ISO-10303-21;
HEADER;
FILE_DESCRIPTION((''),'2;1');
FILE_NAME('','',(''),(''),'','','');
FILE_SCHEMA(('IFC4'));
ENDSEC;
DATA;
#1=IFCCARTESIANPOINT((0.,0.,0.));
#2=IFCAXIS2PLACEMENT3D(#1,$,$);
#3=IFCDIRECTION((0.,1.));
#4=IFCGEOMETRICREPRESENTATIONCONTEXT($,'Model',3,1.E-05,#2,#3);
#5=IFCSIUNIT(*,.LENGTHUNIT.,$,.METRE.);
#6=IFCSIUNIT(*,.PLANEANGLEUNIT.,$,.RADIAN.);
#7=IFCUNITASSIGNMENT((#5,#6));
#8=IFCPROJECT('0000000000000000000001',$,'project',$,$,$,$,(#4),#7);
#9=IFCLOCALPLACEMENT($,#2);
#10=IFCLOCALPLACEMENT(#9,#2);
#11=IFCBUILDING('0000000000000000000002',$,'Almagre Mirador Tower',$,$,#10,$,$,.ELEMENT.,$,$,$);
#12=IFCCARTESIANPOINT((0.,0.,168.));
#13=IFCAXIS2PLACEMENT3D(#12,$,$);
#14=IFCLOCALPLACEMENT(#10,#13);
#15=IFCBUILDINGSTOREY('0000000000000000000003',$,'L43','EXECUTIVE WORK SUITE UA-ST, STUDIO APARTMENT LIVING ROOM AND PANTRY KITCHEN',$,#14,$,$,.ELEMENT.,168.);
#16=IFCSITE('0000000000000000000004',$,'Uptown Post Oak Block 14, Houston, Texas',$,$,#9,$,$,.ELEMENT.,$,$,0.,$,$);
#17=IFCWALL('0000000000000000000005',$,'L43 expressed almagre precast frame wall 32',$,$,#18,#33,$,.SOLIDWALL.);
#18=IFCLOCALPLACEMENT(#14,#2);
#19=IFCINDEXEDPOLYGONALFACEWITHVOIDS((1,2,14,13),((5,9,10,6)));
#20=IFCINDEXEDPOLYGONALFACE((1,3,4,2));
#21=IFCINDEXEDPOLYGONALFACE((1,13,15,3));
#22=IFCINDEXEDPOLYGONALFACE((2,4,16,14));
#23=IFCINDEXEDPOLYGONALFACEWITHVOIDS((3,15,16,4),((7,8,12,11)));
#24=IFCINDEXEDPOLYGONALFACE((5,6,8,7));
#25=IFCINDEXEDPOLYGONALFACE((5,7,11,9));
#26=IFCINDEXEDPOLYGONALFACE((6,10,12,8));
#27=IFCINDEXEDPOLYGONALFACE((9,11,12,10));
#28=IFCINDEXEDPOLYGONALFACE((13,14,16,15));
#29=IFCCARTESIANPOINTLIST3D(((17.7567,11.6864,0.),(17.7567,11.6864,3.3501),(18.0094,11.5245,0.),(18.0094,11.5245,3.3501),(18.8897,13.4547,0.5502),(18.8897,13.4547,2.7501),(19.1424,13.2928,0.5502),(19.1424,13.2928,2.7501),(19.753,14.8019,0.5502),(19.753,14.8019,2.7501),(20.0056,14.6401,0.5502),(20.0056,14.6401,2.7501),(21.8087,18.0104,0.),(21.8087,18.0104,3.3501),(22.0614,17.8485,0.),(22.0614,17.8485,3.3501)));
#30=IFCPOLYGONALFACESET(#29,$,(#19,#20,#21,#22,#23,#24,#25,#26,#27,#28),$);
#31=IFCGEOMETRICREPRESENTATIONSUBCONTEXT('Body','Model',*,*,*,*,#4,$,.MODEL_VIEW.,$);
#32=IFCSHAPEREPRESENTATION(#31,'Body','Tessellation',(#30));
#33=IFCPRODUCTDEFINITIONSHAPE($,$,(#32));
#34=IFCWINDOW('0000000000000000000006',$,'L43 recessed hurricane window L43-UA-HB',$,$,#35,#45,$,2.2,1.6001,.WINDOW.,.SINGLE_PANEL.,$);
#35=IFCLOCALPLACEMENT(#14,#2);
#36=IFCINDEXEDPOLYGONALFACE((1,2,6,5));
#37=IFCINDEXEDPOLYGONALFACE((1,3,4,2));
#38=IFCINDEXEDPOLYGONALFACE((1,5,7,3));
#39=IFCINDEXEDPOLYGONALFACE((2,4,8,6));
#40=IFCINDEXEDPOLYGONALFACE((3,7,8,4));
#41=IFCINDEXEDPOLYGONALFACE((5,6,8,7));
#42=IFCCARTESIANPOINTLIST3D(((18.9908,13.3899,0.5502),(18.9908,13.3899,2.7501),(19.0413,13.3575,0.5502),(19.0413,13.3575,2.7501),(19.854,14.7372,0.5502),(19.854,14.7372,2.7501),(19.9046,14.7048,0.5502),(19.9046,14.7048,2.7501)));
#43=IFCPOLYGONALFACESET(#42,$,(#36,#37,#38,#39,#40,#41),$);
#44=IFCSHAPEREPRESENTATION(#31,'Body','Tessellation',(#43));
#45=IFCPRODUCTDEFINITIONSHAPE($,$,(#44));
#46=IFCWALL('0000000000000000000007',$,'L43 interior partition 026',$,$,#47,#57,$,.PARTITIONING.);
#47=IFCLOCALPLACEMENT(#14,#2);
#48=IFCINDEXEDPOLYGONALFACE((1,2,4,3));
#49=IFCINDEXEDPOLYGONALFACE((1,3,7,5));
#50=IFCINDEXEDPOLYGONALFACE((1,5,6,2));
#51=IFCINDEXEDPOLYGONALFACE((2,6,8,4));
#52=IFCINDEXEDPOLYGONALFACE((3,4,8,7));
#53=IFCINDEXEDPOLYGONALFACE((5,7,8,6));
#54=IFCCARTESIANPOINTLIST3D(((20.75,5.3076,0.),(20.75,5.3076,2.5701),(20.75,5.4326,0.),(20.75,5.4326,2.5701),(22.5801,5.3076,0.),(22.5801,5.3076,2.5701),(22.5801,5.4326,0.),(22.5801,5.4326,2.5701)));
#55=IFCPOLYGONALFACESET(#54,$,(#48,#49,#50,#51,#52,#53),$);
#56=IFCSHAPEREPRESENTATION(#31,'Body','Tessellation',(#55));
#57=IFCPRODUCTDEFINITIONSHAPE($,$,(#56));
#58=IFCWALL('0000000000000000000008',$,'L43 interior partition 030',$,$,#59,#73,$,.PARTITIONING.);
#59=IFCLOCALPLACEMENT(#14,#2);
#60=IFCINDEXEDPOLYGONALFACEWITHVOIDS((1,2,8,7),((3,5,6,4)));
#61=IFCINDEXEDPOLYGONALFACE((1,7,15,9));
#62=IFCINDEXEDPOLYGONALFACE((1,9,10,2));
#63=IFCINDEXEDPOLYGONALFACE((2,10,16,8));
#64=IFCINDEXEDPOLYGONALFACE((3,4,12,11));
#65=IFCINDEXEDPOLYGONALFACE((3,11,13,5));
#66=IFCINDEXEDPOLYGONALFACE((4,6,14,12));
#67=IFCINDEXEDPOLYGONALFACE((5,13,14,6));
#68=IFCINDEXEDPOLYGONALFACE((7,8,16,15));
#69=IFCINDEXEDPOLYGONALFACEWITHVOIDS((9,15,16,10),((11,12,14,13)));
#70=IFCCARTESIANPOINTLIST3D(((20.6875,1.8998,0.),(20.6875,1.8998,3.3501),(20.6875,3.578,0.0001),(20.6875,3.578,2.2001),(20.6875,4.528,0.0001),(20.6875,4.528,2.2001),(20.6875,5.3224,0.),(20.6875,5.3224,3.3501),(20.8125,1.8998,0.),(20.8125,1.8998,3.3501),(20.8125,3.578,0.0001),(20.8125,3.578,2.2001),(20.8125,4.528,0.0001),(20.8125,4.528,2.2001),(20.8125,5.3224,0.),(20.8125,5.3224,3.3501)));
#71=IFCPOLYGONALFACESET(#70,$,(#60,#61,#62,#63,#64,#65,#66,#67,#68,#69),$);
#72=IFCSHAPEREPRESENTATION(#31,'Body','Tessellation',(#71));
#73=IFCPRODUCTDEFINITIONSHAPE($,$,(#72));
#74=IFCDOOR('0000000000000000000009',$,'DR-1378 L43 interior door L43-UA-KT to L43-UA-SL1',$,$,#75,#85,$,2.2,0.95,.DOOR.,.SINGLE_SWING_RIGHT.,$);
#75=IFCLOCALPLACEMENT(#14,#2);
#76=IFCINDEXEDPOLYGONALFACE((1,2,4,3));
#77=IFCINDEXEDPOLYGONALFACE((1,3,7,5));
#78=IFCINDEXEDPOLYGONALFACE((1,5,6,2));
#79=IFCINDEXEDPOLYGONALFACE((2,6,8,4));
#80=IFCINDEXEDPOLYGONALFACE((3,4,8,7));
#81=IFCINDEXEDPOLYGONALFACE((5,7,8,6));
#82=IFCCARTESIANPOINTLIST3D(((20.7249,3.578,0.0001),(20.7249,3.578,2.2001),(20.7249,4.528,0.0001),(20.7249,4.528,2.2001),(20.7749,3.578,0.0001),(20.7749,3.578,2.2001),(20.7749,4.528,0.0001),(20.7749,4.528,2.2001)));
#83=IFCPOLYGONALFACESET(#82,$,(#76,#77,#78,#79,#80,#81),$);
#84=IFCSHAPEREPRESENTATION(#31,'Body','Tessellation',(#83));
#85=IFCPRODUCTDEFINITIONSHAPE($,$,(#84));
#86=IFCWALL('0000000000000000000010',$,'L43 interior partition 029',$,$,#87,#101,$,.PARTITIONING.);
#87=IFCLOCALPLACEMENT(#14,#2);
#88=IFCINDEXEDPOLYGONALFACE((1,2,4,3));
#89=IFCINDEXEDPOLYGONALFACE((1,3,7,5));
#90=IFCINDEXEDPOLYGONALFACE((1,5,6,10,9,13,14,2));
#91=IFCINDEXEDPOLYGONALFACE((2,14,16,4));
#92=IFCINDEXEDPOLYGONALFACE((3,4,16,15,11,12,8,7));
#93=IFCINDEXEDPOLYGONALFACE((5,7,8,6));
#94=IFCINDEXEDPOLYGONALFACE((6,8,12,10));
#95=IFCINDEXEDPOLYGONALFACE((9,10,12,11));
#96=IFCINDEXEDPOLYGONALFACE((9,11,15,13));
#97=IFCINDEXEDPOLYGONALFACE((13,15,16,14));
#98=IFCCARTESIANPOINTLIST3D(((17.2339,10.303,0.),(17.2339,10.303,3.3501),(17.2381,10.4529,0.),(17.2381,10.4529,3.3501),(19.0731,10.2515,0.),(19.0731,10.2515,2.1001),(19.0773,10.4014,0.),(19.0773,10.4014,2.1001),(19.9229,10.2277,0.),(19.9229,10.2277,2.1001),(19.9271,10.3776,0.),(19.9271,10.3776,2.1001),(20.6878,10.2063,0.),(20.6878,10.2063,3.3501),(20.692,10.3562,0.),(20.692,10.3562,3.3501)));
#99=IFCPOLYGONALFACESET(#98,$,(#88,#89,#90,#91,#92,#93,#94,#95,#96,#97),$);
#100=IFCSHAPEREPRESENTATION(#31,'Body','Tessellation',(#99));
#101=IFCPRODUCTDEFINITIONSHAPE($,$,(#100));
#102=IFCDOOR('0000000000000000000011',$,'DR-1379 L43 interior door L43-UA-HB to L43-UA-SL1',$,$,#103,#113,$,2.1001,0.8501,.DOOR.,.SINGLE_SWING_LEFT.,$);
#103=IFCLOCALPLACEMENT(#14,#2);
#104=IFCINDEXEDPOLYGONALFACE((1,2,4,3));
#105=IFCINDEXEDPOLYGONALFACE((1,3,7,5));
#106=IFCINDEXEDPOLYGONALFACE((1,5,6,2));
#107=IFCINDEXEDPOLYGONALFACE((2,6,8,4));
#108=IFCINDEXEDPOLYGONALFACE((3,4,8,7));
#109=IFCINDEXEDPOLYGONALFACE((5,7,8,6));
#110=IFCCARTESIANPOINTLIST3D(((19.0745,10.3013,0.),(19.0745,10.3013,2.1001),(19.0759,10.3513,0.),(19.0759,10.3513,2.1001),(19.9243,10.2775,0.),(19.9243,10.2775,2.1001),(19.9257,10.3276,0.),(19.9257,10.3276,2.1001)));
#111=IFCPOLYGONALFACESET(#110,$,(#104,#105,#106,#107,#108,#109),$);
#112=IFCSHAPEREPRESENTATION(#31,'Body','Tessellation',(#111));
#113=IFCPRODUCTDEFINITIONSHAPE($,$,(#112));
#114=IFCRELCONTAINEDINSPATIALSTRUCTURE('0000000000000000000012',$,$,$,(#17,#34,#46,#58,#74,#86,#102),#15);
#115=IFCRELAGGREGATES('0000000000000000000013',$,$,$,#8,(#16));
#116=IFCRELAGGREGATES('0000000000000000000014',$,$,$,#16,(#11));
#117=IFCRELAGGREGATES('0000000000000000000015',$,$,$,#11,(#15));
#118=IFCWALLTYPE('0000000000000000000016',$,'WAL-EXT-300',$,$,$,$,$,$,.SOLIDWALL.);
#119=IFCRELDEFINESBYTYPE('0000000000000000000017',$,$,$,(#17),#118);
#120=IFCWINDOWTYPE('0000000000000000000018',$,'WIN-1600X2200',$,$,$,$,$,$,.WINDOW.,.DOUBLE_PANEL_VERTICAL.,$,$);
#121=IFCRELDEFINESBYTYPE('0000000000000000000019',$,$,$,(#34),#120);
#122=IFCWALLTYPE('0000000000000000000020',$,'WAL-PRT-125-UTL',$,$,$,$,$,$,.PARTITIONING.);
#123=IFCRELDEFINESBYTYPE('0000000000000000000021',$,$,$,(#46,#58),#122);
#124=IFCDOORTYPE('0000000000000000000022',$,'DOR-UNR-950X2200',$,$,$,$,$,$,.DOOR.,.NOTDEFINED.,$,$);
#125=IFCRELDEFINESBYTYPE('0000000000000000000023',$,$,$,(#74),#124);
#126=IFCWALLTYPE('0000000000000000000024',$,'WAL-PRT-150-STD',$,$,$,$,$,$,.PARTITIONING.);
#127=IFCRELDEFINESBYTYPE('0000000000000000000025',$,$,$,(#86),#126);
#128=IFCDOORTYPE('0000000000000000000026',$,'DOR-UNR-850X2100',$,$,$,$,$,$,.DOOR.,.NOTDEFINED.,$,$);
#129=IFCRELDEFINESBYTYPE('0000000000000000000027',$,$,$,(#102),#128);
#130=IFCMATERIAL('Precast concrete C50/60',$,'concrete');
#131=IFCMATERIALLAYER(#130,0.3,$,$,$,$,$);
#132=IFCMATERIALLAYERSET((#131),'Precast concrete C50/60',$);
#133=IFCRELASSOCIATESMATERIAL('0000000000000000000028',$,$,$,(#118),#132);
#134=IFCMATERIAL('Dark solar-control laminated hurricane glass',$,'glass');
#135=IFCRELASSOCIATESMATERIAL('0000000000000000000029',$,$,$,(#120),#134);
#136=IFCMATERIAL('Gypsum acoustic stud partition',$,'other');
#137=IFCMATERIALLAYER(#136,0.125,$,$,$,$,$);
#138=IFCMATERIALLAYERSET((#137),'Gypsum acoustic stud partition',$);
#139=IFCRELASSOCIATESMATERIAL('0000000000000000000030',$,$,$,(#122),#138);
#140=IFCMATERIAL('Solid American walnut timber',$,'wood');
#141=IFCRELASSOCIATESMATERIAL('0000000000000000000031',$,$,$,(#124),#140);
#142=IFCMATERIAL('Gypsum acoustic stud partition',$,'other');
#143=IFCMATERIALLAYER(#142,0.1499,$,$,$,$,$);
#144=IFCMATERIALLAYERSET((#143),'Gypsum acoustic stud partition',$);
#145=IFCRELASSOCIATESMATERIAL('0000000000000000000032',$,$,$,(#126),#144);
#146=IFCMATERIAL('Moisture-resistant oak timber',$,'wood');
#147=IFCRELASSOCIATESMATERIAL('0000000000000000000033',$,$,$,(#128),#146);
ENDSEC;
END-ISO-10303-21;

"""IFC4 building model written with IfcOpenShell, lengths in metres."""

from ifc_helpers import new_model, si_unit, direction, frame, frame_2d, origin, place, context, subcontext, project, spatial, rectangle, extrude, material, layer, layer_set, type_object, element, fill, save


model = new_model("IFC4")

# Units and contexts
model_context = context("Model", 3, precision=1e-05, world=origin(), true_north=direction((0.0, 1.0)))
body_context = subcontext(model_context, "Body", "Model", "MODEL_VIEW")
ifc_project = project(units=[si_unit("LENGTHUNIT", "METRE"), si_unit("PLANEANGLEUNIT", "RADIAN")], contexts=[model_context])

# Site, building, storey
site_placement = place(None, origin())
site = spatial("IfcSite", under=ifc_project, at=site_placement, Name="Uptown Post Oak Block 14, Houston, Texas", CompositionType="ELEMENT", RefElevation=0.0)
building_placement = place(site_placement, origin())
building = spatial("IfcBuilding", under=site, at=building_placement, Name="Almagre Mirador Tower", CompositionType="ELEMENT")
storey_placement = place(building_placement, frame((0.0, 0.0, 168.0)))
storey = spatial("IfcBuildingStorey", under=building, at=storey_placement, Name="L43", Description="EXECUTIVE WORK SUITE UA-ST, STUDIO APARTMENT LIVING ROOM AND PANTRY KITCHEN", CompositionType="ELEMENT", Elevation=168.0)

# Shared definitions
ifc_material_1 = material(Name="Precast concrete C50/60", Category="concrete")
ifc_layer_1 = layer(ifc_material_1, 0.3)
ifc_layer_set_1 = layer_set([ifc_layer_1], Name="Precast concrete C50/60")
wall_type_1 = type_object("IfcWallType", Name="WAL-EXT-300", PredefinedType="SOLIDWALL", material=ifc_layer_set_1)

# Wall, opening, window
wall_1_placement = place(storey_placement, frame((17.8831, 11.6055, 0.0), z_axis=(0.0, 0.0, 1.0), x_axis=(0.539494, 0.84199, 0.0)))
wall_1 = element("IfcWall", 1, at=wall_1_placement, inside=storey, type_object=wall_type_1, Name="L43 expressed almagre precast frame wall 32", PredefinedType="SOLIDWALL", context=body_context, shape_type="SweptSolid", body=[
    extrude(rectangle(XDim=7.5107, YDim=0.3, at=frame_2d((3.7554, 0.0))), origin(), (0.0, 0.0, 1.0), 3.3501),
])
opening_1_placement = place(wall_1_placement, frame((2.1001, 0.0, 0.55)))
opening_1 = element("IfcOpeningElement", 2, at=opening_1_placement, cuts=wall_1, PredefinedType="OPENING", context=body_context, shape_type="SweptSolid", body=[
    extrude(rectangle(XDim=1.6001, YDim=2.2, at=frame_2d((0.8, 1.1001))), frame((0.0, 0.1599, 0.0), z_axis=(0.0, -1.0, 0.0), x_axis=(1.0, 0.0, 0.0)), (0.0, 0.0, 1.0), 0.32),
])
ifc_material_2 = material(Name="Dark solar-control laminated hurricane glass", Category="glass")
window_type_1 = type_object("IfcWindowType", Name="WIN-1600X2200", PartitioningType="DOUBLE_PANEL_VERTICAL", PredefinedType="WINDOW", material=ifc_material_2)
window_1_placement = place(opening_1_placement, origin())
window_1 = element("IfcWindow", 3, at=window_1_placement, inside=storey, type_object=window_type_1, Name="L43 recessed hurricane window L43-UA-HB", OverallHeight=2.2, OverallWidth=1.6001, PartitioningType="SINGLE_PANEL", PredefinedType="WINDOW", context=body_context, shape_type="SweptSolid", body=[
    extrude(rectangle(XDim=1.6001, YDim=2.2, at=frame_2d((0.8, 1.1001))), frame((0.0, 0.03, 0.0), z_axis=(0.0, -1.0, 0.0), x_axis=(1.0, 0.0, 0.0)), (0.0, 0.0, 1.0), 0.0601),
])
fill(opening_1, window_1)

# Wall
ifc_material_3 = material(Name="Gypsum acoustic stud partition", Category="other")
ifc_layer_2 = layer(ifc_material_3, 0.125)
ifc_layer_set_2 = layer_set([ifc_layer_2], Name="Gypsum acoustic stud partition")
wall_type_2 = type_object("IfcWallType", Name="WAL-PRT-125-UTL", PredefinedType="PARTITIONING", material=ifc_layer_set_2)
wall_2_placement = place(storey_placement, frame((20.75, 5.3701, 0.0), z_axis=(0.0, 0.0, 1.0), x_axis=(1.0, 0.0, 0.0)))
element("IfcWall", 4, at=wall_2_placement, inside=storey, type_object=wall_type_2, Name="L43 interior partition 026", PredefinedType="PARTITIONING", context=body_context, shape_type="SweptSolid", body=[
    extrude(rectangle(XDim=1.8301, YDim=0.125, at=frame_2d((0.915, 0.0))), origin(), (0.0, 0.0, 1.0), 2.5701),
])

# Walls, openings, doors
wall_3_placement = place(storey_placement, frame((20.75, 5.3225, 0.0), z_axis=(0.0, 0.0, 1.0), x_axis=(0.0, -1.0, 0.0)))
wall_3 = element("IfcWall", 5, at=wall_3_placement, inside=storey, type_object=wall_type_2, Name="L43 interior partition 030", PredefinedType="PARTITIONING", context=body_context, shape_type="SweptSolid", body=[
    extrude(rectangle(XDim=3.4226, YDim=0.125, at=frame_2d((1.7114, 0.0))), origin(), (0.0, 0.0, 1.0), 3.3501),
])
opening_2_placement = place(wall_3_placement, frame((0.7944, 0.0, 0.0)))
opening_2 = element("IfcOpeningElement", 6, at=opening_2_placement, cuts=wall_3, PredefinedType="OPENING", context=body_context, shape_type="SweptSolid", body=[
    extrude(rectangle(XDim=0.95, YDim=2.2, at=frame_2d((0.4751, 1.1001))), frame((0.0, 0.0725, 0.0), z_axis=(0.0, -1.0, 0.0), x_axis=(1.0, 0.0, 0.0)), (0.0, 0.0, 1.0), 0.145),
])
ifc_material_4 = material(Name="Solid American walnut timber", Category="wood")
door_type_1 = type_object("IfcDoorType", Name="DOR-UNR-950X2200", OperationType="NOTDEFINED", PredefinedType="DOOR", material=ifc_material_4)
door_1_placement = place(opening_2_placement, origin())
door_1 = element("IfcDoor", 7, at=door_1_placement, inside=storey, type_object=door_type_1, Name="DR-1378 L43 interior door L43-UA-KT to L43-UA-SL1", OperationType="SINGLE_SWING_RIGHT", OverallHeight=2.2, OverallWidth=0.95, PredefinedType="DOOR", context=body_context, shape_type="SweptSolid", body=[
    extrude(rectangle(XDim=0.95, YDim=2.2, at=frame_2d((0.4751, 1.1001))), frame((0.0, 0.0249, 0.0), z_axis=(0.0, -1.0, 0.0), x_axis=(1.0, 0.0, 0.0)), (0.0, 0.0, 1.0), 0.05),
])
fill(opening_2, door_1)
ifc_material_5 = material(Name="Gypsum acoustic stud partition", Category="other")
ifc_layer_3 = layer(ifc_material_5, 0.1499)
ifc_layer_set_3 = layer_set([ifc_layer_3], Name="Gypsum acoustic stud partition")
wall_type_3 = type_object("IfcWallType", Name="WAL-PRT-150-STD", PredefinedType="PARTITIONING", material=ifc_layer_set_3)
wall_4_placement = place(storey_placement, frame((17.2361, 10.3779, 0.0), z_axis=(0.0, 0.0, 1.0), x_axis=(0.999608, -0.027981, 0.0)))
wall_4 = element("IfcWall", 8, at=wall_4_placement, inside=storey, type_object=wall_type_3, Name="L43 interior partition 029", PredefinedType="PARTITIONING", context=body_context, shape_type="SweptSolid", body=[
    extrude(rectangle(XDim=3.4553, YDim=0.1499, at=frame_2d((1.7275, 0.0))), origin(), (0.0, 0.0, 1.0), 3.3501),
])
opening_3_placement = place(wall_4_placement, frame((1.8398, 0.0, 0.0)))
opening_3 = element("IfcOpeningElement", 9, at=opening_3_placement, cuts=wall_4, PredefinedType="OPENING", context=body_context, shape_type="SweptSolid", body=[
    extrude(rectangle(XDim=0.8501, YDim=2.1001, at=frame_2d((0.425, 1.05))), frame((0.0, 0.085, 0.0), z_axis=(0.0, -1.0, 0.0), x_axis=(1.0, 0.0, 0.0)), (0.0, 0.0, 1.0), 0.1699),
])
ifc_material_6 = material(Name="Moisture-resistant oak timber", Category="wood")
door_type_2 = type_object("IfcDoorType", Name="DOR-UNR-850X2100", OperationType="NOTDEFINED", PredefinedType="DOOR", material=ifc_material_6)
door_2_placement = place(opening_3_placement, origin())
door_2 = element("IfcDoor", 10, at=door_2_placement, inside=storey, type_object=door_type_2, Name="DR-1379 L43 interior door L43-UA-HB to L43-UA-SL1", OperationType="SINGLE_SWING_LEFT", OverallHeight=2.1001, OverallWidth=0.8501, PredefinedType="DOOR", context=body_context, shape_type="SweptSolid", body=[
    extrude(rectangle(XDim=0.8501, YDim=2.1001, at=frame_2d((0.425, 1.05))), frame((0.0, 0.0249, 0.0), z_axis=(0.0, -1.0, 0.0), x_axis=(1.0, 0.0, 0.0)), (0.0, 0.0, 1.0), 0.05),
])
fill(opening_3, door_2)

save(model, "model.ifc")
